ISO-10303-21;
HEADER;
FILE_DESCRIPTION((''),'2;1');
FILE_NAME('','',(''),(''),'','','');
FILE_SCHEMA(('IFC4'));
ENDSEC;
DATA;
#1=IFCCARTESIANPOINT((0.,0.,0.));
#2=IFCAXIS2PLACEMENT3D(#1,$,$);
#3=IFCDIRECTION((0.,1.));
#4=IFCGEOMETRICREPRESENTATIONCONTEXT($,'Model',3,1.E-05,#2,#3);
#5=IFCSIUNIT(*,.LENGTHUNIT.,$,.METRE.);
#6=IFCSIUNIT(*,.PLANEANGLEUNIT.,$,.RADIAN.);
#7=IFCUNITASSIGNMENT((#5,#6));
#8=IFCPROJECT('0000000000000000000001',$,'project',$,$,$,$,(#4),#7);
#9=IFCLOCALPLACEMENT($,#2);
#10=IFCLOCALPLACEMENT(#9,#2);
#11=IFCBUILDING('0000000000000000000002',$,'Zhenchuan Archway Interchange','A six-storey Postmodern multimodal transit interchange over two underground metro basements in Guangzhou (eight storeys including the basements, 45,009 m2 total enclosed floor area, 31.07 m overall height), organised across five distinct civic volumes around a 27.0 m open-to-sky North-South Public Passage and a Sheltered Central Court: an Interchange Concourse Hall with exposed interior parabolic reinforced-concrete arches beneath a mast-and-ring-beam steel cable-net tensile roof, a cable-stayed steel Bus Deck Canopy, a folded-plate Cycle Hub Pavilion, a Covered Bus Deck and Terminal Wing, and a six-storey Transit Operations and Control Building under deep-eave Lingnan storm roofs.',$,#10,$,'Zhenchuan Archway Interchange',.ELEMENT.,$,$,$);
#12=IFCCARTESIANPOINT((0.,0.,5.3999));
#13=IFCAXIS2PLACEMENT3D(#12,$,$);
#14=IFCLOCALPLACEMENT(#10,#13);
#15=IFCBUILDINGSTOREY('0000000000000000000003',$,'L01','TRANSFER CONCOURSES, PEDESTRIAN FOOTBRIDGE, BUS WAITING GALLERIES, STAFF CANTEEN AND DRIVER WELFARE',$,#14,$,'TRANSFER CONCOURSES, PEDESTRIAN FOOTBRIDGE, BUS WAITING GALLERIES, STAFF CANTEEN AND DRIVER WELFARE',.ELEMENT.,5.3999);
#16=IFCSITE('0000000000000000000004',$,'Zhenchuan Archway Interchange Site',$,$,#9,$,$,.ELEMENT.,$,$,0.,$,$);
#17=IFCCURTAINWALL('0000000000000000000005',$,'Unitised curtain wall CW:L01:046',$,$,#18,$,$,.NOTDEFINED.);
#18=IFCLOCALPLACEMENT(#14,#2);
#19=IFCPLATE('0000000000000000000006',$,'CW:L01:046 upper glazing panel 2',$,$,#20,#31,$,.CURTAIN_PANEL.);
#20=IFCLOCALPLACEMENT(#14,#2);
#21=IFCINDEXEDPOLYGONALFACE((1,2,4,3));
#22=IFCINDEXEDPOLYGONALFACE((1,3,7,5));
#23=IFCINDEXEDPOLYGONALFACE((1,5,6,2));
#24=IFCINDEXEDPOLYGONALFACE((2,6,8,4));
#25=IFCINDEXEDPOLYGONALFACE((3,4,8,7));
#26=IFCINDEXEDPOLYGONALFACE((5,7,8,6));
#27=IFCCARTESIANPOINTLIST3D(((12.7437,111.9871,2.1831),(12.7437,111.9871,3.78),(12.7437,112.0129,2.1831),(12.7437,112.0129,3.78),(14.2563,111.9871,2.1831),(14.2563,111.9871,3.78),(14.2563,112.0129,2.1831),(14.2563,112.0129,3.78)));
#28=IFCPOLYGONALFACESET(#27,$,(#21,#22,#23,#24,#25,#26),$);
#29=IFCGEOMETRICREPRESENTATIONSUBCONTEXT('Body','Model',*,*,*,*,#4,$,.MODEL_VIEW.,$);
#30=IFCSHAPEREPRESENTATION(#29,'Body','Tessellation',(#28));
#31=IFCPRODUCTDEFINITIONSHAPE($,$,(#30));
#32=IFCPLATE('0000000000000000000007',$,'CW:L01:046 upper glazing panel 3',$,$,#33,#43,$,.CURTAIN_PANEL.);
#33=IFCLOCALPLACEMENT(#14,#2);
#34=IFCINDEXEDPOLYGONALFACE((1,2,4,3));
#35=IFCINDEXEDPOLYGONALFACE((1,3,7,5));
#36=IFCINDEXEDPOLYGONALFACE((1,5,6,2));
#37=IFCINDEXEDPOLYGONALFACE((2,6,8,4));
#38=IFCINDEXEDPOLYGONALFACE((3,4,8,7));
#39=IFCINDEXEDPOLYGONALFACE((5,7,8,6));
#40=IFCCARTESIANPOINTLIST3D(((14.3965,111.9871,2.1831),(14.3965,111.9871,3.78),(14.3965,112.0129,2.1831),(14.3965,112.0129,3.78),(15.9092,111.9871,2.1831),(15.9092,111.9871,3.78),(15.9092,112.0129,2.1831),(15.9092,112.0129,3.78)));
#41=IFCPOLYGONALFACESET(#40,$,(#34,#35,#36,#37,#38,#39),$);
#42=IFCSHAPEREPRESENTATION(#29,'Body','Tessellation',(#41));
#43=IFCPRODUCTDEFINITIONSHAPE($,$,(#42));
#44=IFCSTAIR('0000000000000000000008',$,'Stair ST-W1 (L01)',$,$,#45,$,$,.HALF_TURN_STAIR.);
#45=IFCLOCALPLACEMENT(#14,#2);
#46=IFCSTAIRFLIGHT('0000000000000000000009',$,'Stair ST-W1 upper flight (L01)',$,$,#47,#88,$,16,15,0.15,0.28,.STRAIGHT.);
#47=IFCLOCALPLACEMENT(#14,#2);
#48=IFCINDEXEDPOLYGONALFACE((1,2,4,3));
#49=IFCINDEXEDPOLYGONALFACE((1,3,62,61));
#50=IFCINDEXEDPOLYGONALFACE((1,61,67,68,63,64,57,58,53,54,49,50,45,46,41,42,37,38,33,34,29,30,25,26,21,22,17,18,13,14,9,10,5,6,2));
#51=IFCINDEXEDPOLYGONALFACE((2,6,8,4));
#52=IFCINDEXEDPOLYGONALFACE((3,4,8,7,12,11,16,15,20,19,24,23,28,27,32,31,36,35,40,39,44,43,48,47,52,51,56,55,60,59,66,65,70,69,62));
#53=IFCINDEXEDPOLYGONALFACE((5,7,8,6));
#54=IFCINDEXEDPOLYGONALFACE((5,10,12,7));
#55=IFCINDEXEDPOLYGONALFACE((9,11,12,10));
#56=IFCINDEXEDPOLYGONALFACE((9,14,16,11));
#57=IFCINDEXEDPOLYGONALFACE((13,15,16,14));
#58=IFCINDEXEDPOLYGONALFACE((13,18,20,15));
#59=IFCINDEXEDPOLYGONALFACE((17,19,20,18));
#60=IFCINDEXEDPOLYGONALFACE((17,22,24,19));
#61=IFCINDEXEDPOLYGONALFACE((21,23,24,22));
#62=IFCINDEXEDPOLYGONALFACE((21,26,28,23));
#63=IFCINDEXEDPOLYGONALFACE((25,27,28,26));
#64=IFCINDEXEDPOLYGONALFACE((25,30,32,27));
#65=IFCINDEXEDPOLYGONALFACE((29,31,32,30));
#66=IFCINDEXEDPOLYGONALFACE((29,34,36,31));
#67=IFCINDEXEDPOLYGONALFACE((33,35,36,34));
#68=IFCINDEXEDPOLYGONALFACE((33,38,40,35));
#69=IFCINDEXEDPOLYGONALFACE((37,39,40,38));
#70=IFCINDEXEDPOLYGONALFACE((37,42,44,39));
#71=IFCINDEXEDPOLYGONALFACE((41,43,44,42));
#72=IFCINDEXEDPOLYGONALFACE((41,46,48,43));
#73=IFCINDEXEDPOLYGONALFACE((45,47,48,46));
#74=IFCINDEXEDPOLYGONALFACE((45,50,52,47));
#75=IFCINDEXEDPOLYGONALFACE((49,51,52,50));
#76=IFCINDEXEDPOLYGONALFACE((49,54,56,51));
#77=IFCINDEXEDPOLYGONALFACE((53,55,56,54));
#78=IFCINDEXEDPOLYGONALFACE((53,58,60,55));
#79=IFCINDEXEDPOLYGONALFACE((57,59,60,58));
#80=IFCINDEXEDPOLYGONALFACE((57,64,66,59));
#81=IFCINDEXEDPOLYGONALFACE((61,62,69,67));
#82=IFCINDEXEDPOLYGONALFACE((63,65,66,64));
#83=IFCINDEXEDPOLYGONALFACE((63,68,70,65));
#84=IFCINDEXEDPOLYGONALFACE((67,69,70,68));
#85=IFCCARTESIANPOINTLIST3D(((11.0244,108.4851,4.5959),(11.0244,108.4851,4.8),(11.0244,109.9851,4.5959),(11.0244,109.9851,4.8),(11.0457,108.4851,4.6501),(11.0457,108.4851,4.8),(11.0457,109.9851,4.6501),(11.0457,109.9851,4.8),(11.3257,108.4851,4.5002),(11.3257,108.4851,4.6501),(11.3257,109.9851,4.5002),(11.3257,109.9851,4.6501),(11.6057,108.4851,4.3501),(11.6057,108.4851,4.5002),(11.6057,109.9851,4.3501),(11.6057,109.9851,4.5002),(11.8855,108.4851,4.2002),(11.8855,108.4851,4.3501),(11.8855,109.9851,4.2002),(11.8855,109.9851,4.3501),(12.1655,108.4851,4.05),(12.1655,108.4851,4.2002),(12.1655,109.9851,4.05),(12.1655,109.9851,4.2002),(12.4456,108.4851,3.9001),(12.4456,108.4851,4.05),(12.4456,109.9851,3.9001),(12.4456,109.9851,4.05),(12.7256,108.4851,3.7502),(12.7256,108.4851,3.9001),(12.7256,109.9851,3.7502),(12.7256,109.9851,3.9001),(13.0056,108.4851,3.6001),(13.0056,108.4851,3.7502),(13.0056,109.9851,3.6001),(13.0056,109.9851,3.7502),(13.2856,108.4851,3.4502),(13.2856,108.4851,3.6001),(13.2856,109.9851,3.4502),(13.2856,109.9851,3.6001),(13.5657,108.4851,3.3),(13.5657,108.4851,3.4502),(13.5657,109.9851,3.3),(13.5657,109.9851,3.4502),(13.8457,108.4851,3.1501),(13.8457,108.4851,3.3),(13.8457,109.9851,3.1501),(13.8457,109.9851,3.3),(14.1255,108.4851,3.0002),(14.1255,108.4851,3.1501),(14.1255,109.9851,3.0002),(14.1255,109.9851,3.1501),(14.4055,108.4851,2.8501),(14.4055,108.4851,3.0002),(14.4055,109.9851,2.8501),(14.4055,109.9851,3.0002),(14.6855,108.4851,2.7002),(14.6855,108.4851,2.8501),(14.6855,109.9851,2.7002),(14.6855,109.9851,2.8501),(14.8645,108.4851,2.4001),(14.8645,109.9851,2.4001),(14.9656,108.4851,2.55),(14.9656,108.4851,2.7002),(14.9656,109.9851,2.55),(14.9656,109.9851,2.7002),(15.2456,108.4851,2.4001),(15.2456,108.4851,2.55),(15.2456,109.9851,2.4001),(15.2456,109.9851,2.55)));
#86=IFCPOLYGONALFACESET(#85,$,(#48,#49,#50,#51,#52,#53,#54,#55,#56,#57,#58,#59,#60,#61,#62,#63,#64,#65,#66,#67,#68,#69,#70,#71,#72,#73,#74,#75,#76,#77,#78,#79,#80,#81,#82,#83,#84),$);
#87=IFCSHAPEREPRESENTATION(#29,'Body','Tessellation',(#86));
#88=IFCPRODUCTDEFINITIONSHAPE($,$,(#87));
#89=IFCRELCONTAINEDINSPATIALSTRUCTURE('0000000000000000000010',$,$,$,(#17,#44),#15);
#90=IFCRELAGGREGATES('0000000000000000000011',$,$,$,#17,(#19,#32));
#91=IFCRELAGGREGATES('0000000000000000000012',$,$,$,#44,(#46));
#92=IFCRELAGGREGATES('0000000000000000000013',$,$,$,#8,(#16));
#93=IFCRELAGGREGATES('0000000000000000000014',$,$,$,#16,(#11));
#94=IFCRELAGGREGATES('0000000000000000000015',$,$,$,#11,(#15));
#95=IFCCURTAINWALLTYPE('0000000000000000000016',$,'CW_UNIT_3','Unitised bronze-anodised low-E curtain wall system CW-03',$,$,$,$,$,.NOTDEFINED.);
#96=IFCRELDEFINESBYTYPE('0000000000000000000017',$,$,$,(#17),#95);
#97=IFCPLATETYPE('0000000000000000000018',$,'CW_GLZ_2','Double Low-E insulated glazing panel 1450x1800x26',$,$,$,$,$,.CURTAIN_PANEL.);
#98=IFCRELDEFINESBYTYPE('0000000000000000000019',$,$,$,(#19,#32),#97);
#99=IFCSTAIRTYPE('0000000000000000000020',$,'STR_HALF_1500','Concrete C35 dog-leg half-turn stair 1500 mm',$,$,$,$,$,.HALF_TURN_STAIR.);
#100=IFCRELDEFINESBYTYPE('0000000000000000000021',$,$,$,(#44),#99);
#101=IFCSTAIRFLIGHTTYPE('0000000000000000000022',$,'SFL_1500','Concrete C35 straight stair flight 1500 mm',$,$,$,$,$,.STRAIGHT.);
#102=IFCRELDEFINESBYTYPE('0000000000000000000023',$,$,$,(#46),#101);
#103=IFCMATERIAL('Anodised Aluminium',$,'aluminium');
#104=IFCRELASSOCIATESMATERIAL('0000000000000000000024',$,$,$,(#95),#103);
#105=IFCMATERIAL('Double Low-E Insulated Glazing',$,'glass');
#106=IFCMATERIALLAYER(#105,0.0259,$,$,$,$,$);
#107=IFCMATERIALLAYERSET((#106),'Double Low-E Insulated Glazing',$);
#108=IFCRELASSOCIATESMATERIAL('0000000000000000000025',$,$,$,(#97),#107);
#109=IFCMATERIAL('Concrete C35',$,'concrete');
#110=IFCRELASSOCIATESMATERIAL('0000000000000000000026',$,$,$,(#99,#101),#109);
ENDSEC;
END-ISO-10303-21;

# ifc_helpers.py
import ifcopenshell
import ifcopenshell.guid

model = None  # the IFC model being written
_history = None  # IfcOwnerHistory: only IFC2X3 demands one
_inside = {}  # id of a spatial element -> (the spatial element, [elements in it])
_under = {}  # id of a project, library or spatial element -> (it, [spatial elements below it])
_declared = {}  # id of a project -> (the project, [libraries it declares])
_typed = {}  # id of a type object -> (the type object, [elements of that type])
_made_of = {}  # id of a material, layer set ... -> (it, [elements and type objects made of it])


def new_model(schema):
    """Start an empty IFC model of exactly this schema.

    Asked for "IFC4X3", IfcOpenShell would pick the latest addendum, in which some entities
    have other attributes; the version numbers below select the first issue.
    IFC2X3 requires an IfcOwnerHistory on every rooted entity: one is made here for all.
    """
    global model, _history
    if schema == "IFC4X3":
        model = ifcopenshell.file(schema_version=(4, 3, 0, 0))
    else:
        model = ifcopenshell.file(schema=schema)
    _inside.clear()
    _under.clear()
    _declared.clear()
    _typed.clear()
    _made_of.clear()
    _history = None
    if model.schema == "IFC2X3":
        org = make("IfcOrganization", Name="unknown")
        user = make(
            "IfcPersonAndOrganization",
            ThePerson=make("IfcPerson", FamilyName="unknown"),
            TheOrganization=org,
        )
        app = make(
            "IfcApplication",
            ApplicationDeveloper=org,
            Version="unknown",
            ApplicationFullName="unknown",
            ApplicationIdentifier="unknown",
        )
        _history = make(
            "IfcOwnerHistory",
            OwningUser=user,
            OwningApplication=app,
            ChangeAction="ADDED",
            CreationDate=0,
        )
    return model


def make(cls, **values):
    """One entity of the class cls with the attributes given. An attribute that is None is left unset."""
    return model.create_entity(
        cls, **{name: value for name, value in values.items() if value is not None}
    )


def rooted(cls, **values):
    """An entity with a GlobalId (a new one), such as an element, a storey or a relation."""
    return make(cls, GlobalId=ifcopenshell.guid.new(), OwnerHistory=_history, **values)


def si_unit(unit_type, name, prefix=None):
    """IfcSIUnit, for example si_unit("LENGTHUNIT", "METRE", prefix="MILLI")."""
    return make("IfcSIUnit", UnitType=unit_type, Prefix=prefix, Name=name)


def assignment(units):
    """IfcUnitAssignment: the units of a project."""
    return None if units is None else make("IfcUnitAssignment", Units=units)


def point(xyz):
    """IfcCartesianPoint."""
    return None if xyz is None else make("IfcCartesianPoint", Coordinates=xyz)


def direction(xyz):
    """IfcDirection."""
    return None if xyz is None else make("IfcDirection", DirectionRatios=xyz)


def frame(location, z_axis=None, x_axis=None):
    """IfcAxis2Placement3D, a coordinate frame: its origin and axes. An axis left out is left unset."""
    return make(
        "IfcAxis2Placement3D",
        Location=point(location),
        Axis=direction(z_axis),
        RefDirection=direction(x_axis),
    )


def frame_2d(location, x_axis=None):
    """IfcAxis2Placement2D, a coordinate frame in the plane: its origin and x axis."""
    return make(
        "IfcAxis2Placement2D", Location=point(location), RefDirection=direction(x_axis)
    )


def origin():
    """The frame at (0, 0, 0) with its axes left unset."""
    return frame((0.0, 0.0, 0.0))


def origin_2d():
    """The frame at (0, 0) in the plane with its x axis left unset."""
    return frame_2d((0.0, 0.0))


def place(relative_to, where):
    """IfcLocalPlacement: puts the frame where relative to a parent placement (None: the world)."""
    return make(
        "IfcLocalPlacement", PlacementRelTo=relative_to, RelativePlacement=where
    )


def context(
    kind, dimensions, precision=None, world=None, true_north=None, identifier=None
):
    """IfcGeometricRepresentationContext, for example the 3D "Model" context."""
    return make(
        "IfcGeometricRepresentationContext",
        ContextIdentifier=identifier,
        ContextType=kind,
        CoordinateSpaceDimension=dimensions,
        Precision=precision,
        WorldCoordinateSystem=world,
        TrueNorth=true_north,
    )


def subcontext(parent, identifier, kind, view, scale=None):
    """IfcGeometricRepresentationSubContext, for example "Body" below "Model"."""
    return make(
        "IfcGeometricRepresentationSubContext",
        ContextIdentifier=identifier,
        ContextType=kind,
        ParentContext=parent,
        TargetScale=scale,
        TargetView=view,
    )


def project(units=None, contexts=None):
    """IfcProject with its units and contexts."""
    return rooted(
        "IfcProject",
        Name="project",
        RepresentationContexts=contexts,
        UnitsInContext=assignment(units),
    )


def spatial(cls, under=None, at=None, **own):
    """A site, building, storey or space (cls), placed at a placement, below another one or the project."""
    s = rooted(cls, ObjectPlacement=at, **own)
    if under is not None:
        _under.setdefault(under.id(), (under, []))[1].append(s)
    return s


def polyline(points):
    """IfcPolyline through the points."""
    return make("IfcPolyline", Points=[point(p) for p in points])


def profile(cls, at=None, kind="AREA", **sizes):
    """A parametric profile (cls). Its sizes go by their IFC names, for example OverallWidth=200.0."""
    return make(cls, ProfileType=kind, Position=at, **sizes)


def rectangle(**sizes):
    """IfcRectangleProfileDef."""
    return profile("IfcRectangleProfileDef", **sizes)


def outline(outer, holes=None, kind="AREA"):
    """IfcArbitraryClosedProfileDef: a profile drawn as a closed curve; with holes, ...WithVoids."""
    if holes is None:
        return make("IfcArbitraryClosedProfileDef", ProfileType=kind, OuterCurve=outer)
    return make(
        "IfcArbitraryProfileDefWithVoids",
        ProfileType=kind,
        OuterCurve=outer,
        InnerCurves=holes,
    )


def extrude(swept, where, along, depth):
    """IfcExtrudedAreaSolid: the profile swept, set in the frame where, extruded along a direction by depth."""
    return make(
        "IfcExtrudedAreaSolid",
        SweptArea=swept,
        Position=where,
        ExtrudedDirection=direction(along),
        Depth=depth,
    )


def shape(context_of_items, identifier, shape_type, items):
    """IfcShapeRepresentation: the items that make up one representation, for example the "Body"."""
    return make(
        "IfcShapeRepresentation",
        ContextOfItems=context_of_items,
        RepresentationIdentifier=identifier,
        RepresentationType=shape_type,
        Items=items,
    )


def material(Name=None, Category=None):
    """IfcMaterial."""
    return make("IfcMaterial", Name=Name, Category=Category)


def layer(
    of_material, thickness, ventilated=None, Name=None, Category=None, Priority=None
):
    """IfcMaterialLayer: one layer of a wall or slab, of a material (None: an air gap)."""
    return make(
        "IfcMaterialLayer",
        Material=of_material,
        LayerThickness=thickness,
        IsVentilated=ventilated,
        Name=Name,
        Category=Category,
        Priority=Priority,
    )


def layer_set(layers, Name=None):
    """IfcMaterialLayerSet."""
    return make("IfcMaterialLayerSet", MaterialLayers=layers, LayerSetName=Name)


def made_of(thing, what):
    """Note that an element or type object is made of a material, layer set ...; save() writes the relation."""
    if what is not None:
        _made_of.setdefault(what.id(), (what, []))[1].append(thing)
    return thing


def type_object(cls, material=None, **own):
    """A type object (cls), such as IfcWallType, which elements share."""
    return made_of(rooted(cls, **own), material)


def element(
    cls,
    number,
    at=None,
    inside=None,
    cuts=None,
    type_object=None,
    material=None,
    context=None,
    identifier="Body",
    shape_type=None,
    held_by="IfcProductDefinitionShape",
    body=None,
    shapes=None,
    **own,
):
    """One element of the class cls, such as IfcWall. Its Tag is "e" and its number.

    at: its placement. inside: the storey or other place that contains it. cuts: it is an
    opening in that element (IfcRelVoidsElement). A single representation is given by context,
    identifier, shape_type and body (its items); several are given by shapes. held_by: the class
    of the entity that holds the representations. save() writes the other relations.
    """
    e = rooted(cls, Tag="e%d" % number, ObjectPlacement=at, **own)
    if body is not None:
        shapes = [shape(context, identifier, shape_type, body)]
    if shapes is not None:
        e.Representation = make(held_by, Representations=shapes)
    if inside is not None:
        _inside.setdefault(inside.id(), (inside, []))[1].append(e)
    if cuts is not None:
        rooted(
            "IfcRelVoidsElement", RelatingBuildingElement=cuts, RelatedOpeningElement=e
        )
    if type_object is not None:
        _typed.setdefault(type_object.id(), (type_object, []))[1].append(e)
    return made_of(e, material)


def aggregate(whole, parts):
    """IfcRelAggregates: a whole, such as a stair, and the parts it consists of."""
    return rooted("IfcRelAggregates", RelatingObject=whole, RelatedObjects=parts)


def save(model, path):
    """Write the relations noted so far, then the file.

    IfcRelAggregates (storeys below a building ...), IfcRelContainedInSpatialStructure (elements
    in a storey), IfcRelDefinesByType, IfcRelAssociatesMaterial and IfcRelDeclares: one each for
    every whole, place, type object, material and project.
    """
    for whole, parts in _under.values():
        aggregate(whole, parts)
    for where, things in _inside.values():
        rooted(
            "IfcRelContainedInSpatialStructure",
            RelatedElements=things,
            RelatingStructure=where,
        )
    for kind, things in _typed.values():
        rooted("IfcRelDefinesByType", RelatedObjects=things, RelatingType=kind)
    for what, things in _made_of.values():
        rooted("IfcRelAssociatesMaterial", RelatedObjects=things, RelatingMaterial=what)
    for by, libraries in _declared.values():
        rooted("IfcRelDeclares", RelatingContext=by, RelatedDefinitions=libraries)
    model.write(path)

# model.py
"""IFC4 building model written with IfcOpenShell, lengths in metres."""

from ifc_helpers import new_model, si_unit, direction, frame, origin, origin_2d, place, context, subcontext, project, spatial, polyline, rectangle, outline, extrude, material, layer, layer_set, type_object, element, aggregate, save


model = new_model("IFC4")

# Units and contexts
model_context = context("Model", 3, precision=1e-05, world=origin(), true_north=direction((0.0, 1.0)))
body_context = subcontext(model_context, "Body", "Model", "MODEL_VIEW")
ifc_project = project(units=[si_unit("LENGTHUNIT", "METRE"), si_unit("PLANEANGLEUNIT", "RADIAN")], contexts=[model_context])

# Site, building, storey
site_placement = place(None, origin())
site = spatial("IfcSite", under=ifc_project, at=site_placement, Name="Zhenchuan Archway Interchange Site", CompositionType="ELEMENT", RefElevation=0.0)
building_placement = place(site_placement, origin())
building = spatial("IfcBuilding", under=site, at=building_placement, Name="Zhenchuan Archway Interchange", Description="A six-storey Postmodern multimodal transit interchange over two underground metro basements in Guangzhou (eight storeys including the basements, 45,009 m2 total enclosed floor area, 31.07 m overall height), organised across five distinct civic volumes around a 27.0 m open-to-sky North-South Public Passage and a Sheltered Central Court: an Interchange Concourse Hall with exposed interior parabolic reinforced-concrete arches beneath a mast-and-ring-beam steel cable-net tensile roof, a cable-stayed steel Bus Deck Canopy, a folded-plate Cycle Hub Pavilion, a Covered Bus Deck and Terminal Wing, and a six-storey Transit Operations and Control Building under deep-eave Lingnan storm roofs.", LongName="Zhenchuan Archway Interchange", CompositionType="ELEMENT")
storey_placement = place(building_placement, frame((0.0, 0.0, 5.3999)))
storey = spatial("IfcBuildingStorey", under=building, at=storey_placement, Name="L01", Description="TRANSFER CONCOURSES, PEDESTRIAN FOOTBRIDGE, BUS WAITING GALLERIES, STAFF CANTEEN AND DRIVER WELFARE", LongName="TRANSFER CONCOURSES, PEDESTRIAN FOOTBRIDGE, BUS WAITING GALLERIES, STAFF CANTEEN AND DRIVER WELFARE", CompositionType="ELEMENT", Elevation=5.3999)

# Curtain wall, plates
ifc_material_1 = material(Name="Anodised Aluminium", Category="aluminium")
curtain_wall_type = type_object("IfcCurtainWallType", Name="CW_UNIT_3", Description="Unitised bronze-anodised low-E curtain wall system CW-03", PredefinedType="NOTDEFINED", material=ifc_material_1)
curtain_wall_placement = place(storey_placement, origin())
curtain_wall = element("IfcCurtainWall", 1, at=curtain_wall_placement, inside=storey, type_object=curtain_wall_type, Name="Unitised curtain wall CW:L01:046", PredefinedType="NOTDEFINED")
ifc_material_2 = material(Name="Double Low-E Insulated Glazing", Category="glass")
ifc_layer_1 = layer(ifc_material_2, 0.0259)
ifc_layer_set_1 = layer_set([ifc_layer_1], Name="Double Low-E Insulated Glazing")
plate_type_1 = type_object("IfcPlateType", Name="CW_GLZ_2", Description="Double Low-E insulated glazing panel 1450x1800x26", PredefinedType="CURTAIN_PANEL", material=ifc_layer_set_1)
plate_1_placement = place(storey_placement, frame((13.5, 112.0, 2.1831), z_axis=(0.0, 0.0, 1.0), x_axis=(1.0, 0.0, 0.0)))
plate_1 = element("IfcPlate", 2, at=plate_1_placement, type_object=plate_type_1, Name="CW:L01:046 upper glazing panel 2", PredefinedType="CURTAIN_PANEL", context=body_context, shape_type="SweptSolid", body=[
    extrude(rectangle(XDim=1.5127, YDim=0.0259, at=origin_2d()), origin(), (0.0, 0.0, 1.0), 1.5969),
])
plate_2_placement = place(storey_placement, frame((15.1528, 112.0, 2.1831), z_axis=(0.0, 0.0, 1.0), x_axis=(1.0, 0.0, 0.0)))
plate_2 = element("IfcPlate", 3, at=plate_2_placement, type_object=plate_type_1, Name="CW:L01:046 upper glazing panel 3", PredefinedType="CURTAIN_PANEL", context=body_context, shape_type="SweptSolid", body=[
    extrude(rectangle(XDim=1.5127, YDim=0.0259, at=origin_2d()), origin(), (0.0, 0.0, 1.0), 1.5969),
])
aggregate(curtain_wall, [plate_1, plate_2])

# Stair, stair flight
ifc_material_3 = material(Name="Concrete C35", Category="concrete")
stair_type = type_object("IfcStairType", Name="STR_HALF_1500", Description="Concrete C35 dog-leg half-turn stair 1500 mm", PredefinedType="HALF_TURN_STAIR", material=ifc_material_3)
stair_placement = place(storey_placement, origin())
stair = element("IfcStair", 4, at=stair_placement, inside=storey, type_object=stair_type, Name="Stair ST-W1 (L01)", PredefinedType="HALF_TURN_STAIR")
stair_flight_type = type_object("IfcStairFlightType", Name="SFL_1500", Description="Concrete C35 straight stair flight 1500 mm", PredefinedType="STRAIGHT", material=ifc_material_3)
stair_flight_placement = place(storey_placement, frame((15.2456, 109.2351, 2.4001), z_axis=(0.0, 0.0, 1.0), x_axis=(-1.0, 0.0, 0.0)))
stair_flight = element("IfcStairFlight", 5, at=stair_flight_placement, type_object=stair_flight_type, Name="Stair ST-W1 upper flight (L01)", NumberOfRisers=16, NumberOfTreads=15, PredefinedType="STRAIGHT", RiserHeight=0.15, TreadLength=0.28, context=body_context, shape_type="SweptSolid", body=[
    extrude(outline(polyline([(0.0, 0.0), (0.0, 0.1499), (0.28, 0.1499), (0.28, 0.3), (0.5601, 0.3), (0.5601, 0.45), (0.8401, 0.45), (0.8401, 0.6001), (1.1201, 0.6001), (1.1201, 0.75), (1.3999, 0.75), (1.3999, 0.8999), (1.6799, 0.8999), (1.6799, 1.05), (1.96, 1.05), (1.96, 1.2), (2.24, 1.2), (2.24, 1.3501), (2.52, 1.3501), (2.52, 1.5), (2.8, 1.5), (2.8, 1.6499), (3.0801, 1.6499), (3.0801, 1.8), (3.3601, 1.8), (3.3601, 1.95), (3.6399, 1.95), (3.6399, 2.1001), (3.9199, 2.1001), (3.9199, 2.25), (4.2, 2.25), (4.2, 2.3999), (4.2212, 2.3999), (4.2212, 2.1958), (0.3811, 0.0), (0.0, 0.0)])), frame((0.0, 0.75, 0.0), z_axis=(0.0, -1.0, 0.0), x_axis=(1.0, 0.0, 0.0)), (0.0, 0.0, 1.0), 1.5),
])
aggregate(stair, [stair_flight])

save(model, "model.ifc")
